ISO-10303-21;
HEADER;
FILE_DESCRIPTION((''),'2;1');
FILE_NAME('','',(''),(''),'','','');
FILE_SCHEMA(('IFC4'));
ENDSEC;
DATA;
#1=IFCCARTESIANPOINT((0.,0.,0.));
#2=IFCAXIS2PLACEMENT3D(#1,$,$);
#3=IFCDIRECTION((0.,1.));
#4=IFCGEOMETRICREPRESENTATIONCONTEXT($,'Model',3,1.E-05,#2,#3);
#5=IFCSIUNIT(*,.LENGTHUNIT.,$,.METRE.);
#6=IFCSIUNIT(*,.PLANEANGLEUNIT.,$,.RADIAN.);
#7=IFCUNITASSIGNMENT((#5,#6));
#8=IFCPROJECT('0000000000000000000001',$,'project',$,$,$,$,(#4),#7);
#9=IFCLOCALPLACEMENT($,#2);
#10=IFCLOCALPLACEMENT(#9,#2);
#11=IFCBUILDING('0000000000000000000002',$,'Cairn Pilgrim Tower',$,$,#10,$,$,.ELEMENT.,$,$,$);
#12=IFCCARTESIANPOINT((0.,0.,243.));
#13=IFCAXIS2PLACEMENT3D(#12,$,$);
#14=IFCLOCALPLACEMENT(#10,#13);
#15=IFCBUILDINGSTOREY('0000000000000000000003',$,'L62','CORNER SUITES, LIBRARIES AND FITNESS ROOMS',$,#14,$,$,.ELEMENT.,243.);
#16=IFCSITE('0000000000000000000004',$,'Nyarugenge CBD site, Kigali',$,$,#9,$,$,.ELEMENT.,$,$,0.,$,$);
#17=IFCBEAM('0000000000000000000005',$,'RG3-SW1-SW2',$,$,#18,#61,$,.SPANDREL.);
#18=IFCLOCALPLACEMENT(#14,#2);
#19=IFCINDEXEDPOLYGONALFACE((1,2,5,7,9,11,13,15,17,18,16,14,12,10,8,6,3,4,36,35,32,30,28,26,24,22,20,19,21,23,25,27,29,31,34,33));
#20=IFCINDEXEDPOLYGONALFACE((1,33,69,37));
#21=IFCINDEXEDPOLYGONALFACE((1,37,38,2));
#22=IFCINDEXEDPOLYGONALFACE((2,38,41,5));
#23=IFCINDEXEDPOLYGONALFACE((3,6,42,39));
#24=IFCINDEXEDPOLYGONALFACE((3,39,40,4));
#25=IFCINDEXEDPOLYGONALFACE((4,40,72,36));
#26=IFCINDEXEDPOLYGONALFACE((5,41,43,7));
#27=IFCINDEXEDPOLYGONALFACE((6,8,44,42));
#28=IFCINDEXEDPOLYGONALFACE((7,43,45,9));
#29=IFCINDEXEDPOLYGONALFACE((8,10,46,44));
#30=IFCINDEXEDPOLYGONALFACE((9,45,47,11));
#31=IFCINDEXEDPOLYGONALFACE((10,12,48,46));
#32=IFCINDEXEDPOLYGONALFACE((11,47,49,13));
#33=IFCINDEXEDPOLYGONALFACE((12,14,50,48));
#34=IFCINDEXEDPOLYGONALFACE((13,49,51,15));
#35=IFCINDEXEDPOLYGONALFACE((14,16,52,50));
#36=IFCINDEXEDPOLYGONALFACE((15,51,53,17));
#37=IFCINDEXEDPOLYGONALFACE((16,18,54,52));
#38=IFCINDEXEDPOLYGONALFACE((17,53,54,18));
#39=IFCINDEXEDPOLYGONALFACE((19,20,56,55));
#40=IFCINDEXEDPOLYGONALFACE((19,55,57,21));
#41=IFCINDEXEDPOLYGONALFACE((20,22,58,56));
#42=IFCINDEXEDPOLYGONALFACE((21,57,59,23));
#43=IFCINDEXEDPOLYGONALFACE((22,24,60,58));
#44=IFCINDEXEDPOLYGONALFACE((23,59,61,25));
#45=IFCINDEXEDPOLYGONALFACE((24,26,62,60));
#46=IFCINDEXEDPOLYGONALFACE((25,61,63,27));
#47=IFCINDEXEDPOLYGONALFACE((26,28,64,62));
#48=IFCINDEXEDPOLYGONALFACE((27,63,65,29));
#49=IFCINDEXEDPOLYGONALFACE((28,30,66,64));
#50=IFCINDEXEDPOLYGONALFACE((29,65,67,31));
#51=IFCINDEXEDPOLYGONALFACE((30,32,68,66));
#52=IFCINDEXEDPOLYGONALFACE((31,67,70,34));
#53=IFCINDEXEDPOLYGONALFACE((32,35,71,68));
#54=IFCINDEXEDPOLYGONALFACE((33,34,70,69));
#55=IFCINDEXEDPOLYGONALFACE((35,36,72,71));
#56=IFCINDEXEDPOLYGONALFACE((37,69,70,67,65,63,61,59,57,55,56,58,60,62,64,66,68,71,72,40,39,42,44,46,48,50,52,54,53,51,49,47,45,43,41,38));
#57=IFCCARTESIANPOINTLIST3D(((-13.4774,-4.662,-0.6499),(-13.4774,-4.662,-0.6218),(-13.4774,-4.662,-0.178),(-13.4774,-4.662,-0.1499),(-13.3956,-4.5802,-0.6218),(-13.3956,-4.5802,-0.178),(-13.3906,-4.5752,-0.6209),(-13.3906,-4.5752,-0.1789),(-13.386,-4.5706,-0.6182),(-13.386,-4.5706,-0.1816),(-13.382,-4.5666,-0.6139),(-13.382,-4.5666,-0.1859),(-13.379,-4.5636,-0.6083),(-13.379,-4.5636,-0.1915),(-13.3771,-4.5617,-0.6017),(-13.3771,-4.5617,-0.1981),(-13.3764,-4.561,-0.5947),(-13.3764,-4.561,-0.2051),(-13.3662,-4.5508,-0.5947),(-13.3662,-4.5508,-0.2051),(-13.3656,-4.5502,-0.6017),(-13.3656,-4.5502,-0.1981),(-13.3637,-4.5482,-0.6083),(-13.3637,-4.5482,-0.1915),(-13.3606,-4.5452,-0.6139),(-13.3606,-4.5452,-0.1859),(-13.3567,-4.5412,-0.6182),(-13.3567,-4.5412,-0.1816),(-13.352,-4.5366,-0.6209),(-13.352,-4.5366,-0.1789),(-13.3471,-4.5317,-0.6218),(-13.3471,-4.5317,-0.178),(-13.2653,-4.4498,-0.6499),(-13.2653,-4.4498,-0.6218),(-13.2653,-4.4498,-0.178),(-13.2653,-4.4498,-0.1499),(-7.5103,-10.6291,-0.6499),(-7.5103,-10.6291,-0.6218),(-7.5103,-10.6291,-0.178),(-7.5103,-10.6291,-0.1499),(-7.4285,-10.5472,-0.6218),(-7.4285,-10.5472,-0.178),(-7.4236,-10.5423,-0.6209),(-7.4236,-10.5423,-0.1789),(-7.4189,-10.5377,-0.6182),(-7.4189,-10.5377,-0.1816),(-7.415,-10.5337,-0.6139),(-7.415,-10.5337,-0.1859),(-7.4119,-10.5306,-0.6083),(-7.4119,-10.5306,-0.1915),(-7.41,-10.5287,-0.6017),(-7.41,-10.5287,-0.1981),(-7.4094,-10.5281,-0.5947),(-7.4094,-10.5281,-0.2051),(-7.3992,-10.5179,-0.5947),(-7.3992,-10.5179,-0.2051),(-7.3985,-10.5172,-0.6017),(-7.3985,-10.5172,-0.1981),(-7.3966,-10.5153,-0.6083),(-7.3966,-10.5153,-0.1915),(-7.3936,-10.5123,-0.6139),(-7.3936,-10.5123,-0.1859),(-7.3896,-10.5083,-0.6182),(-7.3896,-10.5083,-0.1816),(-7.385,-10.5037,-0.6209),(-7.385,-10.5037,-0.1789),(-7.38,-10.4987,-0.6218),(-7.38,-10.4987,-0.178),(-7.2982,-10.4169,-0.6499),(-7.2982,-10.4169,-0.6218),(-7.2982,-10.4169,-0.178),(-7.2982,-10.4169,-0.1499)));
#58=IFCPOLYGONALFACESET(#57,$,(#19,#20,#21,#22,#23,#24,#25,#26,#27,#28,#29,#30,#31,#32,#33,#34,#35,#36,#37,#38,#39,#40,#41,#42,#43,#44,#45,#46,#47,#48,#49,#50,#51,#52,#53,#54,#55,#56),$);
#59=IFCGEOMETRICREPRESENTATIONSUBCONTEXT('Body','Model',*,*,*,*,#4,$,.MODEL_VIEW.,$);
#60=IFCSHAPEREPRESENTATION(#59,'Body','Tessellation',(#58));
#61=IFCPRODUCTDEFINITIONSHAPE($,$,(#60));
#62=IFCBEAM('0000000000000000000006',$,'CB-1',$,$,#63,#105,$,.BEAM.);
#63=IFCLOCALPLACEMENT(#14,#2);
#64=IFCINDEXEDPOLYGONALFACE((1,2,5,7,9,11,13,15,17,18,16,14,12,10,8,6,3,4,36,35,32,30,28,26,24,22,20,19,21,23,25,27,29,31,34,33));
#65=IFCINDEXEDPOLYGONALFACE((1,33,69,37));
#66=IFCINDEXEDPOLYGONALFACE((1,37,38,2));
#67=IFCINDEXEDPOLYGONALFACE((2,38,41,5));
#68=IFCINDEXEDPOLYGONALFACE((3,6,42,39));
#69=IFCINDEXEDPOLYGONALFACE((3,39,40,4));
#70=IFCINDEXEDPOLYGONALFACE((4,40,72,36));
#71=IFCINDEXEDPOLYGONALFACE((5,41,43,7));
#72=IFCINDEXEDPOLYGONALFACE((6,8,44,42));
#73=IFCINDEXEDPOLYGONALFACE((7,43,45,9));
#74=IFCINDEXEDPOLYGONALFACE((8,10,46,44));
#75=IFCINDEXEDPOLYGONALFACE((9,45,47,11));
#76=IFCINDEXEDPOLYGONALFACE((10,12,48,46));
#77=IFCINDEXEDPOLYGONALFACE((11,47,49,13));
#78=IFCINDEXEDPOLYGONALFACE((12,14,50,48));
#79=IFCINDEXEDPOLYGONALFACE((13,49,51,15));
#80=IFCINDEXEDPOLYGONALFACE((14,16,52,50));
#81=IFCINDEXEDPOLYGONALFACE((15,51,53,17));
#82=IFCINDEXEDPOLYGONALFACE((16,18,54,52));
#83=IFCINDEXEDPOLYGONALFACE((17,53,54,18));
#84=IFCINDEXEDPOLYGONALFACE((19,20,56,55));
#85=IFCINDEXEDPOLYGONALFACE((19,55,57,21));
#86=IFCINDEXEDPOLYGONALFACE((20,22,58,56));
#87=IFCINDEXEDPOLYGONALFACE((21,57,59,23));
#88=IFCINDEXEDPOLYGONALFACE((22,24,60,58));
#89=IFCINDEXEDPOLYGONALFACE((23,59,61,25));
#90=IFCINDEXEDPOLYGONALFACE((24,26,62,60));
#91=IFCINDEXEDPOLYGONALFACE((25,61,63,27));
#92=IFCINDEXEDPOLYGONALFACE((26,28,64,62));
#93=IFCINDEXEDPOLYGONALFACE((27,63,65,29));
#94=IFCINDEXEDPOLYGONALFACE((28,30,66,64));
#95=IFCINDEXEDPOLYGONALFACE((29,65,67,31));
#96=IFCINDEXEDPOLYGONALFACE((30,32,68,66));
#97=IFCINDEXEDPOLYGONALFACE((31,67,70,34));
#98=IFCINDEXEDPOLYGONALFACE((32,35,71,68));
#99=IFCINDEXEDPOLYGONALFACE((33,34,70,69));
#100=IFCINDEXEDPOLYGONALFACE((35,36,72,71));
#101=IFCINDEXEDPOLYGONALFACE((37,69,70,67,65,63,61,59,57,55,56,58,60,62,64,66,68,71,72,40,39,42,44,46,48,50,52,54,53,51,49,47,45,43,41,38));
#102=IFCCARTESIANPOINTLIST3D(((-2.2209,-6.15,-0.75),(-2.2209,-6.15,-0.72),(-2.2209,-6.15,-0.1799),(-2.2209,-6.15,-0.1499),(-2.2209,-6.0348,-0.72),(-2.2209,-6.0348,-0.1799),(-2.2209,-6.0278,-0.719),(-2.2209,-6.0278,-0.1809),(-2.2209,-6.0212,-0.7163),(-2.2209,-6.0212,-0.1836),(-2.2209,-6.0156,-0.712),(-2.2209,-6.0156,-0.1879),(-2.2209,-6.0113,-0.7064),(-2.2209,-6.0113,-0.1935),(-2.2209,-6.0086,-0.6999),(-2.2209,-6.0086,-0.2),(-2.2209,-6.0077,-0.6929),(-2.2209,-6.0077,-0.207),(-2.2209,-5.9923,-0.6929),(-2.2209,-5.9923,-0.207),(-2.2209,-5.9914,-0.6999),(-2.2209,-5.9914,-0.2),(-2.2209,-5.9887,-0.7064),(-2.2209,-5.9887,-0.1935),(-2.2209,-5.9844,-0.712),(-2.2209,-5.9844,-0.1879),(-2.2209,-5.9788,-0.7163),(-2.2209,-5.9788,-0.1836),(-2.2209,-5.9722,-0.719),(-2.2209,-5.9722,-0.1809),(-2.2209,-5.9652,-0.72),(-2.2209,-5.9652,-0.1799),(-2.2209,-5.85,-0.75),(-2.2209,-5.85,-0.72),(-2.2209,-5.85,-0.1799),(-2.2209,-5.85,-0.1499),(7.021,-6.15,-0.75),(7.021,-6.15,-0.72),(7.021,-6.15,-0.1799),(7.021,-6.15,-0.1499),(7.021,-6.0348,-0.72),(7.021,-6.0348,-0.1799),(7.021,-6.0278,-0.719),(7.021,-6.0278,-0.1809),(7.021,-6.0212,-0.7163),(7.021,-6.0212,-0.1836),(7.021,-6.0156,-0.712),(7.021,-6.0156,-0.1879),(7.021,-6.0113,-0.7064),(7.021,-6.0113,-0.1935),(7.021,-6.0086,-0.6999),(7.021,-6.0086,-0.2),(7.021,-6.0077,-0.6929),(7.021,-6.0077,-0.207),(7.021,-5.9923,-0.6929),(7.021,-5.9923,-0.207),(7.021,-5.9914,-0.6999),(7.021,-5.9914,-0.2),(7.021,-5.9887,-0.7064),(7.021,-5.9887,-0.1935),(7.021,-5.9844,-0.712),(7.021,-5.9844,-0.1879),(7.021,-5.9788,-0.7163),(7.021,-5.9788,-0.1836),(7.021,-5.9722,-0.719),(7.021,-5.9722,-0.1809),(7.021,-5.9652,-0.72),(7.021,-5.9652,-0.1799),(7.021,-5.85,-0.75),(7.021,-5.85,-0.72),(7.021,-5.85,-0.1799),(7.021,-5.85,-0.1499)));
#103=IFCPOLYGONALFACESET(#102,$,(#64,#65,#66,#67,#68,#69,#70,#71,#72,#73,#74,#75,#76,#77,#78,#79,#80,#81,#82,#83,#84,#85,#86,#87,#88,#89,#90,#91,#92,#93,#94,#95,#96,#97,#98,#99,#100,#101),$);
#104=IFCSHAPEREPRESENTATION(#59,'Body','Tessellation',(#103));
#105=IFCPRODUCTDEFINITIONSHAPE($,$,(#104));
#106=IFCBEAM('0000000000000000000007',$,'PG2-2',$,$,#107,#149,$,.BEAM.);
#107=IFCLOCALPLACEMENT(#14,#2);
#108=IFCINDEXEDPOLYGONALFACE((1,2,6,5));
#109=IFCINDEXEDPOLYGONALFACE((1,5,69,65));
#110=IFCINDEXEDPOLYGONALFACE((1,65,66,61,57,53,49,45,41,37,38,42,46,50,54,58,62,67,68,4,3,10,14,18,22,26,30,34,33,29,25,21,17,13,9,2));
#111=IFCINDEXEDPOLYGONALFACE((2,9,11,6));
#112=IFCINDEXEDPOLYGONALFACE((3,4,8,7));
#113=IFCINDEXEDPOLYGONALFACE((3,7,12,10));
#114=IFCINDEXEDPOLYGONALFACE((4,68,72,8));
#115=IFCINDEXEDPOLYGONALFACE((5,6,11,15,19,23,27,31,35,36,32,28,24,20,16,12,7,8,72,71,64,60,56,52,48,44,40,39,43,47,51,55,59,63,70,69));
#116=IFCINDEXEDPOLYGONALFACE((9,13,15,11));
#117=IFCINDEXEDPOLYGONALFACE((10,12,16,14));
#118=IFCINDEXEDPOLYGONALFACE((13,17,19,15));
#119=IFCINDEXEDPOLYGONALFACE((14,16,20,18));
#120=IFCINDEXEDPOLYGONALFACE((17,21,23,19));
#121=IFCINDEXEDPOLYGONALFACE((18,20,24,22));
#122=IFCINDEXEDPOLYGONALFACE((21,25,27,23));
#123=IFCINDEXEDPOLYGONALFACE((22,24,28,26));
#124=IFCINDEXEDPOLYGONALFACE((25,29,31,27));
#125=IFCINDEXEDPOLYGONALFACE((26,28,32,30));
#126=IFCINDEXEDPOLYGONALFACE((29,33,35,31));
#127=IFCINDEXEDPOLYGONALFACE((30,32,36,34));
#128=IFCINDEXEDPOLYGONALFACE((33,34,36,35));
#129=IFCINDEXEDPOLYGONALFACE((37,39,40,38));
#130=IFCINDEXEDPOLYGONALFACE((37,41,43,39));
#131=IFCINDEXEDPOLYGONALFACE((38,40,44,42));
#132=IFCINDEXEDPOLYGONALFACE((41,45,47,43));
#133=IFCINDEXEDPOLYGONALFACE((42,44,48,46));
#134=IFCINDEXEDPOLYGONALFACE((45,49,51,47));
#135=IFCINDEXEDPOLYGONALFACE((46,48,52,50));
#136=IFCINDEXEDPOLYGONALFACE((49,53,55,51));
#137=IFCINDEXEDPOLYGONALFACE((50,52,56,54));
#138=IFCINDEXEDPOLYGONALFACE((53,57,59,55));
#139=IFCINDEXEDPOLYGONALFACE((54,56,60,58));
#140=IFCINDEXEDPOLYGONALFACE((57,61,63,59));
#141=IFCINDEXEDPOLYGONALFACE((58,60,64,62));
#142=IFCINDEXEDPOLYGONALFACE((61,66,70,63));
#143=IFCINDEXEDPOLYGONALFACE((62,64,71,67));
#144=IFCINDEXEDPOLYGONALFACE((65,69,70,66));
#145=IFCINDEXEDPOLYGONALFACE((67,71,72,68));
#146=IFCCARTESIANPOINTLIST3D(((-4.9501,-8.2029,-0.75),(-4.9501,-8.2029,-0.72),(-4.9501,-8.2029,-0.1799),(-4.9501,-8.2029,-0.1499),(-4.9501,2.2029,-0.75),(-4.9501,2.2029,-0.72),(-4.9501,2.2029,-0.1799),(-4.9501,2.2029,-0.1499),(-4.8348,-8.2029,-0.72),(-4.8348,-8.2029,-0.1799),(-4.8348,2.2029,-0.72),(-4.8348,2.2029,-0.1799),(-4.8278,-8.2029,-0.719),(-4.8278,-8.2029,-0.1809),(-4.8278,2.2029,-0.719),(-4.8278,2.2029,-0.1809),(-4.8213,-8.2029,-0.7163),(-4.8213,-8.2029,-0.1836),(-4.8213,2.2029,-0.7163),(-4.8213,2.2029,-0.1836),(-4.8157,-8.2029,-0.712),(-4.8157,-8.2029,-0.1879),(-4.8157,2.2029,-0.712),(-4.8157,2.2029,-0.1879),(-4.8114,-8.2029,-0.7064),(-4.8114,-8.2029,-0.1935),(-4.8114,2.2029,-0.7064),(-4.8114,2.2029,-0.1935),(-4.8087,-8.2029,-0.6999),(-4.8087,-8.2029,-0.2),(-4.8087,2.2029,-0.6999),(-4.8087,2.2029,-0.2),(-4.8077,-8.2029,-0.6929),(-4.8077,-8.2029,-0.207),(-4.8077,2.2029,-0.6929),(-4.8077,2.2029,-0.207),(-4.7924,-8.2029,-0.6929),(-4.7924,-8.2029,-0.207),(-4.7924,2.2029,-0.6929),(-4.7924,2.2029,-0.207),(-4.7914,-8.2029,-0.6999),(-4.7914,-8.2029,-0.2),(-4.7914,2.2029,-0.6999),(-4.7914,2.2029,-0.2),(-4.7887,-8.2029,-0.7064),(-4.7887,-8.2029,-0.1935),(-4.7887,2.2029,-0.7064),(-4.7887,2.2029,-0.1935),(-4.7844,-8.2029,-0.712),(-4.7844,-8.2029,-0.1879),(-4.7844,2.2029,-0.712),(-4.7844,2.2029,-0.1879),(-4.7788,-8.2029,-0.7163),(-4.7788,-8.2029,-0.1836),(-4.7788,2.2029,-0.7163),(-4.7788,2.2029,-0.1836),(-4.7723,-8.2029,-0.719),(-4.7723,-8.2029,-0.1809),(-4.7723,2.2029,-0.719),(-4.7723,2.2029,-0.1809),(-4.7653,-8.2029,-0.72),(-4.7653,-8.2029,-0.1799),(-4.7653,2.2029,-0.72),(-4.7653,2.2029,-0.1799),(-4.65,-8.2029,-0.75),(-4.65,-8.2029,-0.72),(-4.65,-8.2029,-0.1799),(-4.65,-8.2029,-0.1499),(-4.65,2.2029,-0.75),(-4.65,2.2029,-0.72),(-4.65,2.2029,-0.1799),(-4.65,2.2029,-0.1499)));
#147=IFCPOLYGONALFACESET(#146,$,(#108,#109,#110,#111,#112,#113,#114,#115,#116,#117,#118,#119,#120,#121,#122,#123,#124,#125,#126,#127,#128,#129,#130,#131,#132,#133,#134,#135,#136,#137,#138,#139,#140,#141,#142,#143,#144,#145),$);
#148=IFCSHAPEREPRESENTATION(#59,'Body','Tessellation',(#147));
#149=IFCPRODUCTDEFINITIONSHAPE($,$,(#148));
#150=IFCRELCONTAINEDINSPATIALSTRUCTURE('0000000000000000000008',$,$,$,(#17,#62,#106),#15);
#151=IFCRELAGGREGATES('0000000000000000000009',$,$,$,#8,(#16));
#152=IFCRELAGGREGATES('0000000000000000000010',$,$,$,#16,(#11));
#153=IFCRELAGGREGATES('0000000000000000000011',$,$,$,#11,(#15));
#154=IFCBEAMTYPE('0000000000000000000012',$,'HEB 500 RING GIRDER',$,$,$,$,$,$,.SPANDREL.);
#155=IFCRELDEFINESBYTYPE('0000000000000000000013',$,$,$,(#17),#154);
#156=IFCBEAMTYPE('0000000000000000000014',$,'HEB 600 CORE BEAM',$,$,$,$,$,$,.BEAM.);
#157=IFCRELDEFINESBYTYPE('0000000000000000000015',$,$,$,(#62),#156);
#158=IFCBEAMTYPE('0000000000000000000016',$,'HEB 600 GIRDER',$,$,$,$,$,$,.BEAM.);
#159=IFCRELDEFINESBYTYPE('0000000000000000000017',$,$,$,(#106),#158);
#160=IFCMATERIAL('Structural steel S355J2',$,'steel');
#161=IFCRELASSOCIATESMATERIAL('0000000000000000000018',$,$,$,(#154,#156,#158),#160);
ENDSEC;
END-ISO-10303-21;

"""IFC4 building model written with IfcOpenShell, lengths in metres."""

from ifc_helpers import new_model, si_unit, direction, frame, origin, origin_2d, place, context, subcontext, project, spatial, i_section, extrude, material, material_profile, profile_set, type_object, element, save


model = new_model("IFC4")

# Units and contexts
model_context = context("Model", 3, precision=1e-05, world=origin(), true_north=direction((0.0, 1.0)))
body_context = subcontext(model_context, "Body", "Model", "MODEL_VIEW")
ifc_project = project(units=[si_unit("LENGTHUNIT", "METRE"), si_unit("PLANEANGLEUNIT", "RADIAN")], contexts=[model_context])

# Site, building, storey
site_placement = place(None, origin())
site = spatial("IfcSite", under=ifc_project, at=site_placement, Name="Nyarugenge CBD site, Kigali", CompositionType="ELEMENT", RefElevation=0.0)
building_placement = place(site_placement, origin())
building = spatial("IfcBuilding", under=site, at=building_placement, Name="Cairn Pilgrim Tower", CompositionType="ELEMENT")
storey_placement = place(building_placement, frame((0.0, 0.0, 243.0)))
storey = spatial("IfcBuildingStorey", under=building, at=storey_placement, Name="L62", Description="CORNER SUITES, LIBRARIES AND FITNESS ROOMS", CompositionType="ELEMENT", Elevation=243.0)

# Shared definitions
ifc_material_1 = material(Name="Structural steel S355J2", Category="steel")

# Beams
ifc_material_profile_1 = material_profile(ifc_material_1, i_section(OverallWidth=0.3, OverallDepth=0.5, WebThickness=0.0144, FlangeThickness=0.0281, FilletRadius=0.0271, at=origin_2d()), Name="HEB 500")
ifc_profile_set_1 = profile_set([ifc_material_profile_1], Name="Structural steel S355J2")
beam_type_1 = type_object("IfcBeamType", Name="HEB 500 RING GIRDER", PredefinedType="SPANDREL", material=ifc_profile_set_1)
beam_1_placement = place(storey_placement, frame((-13.3713, -4.5559, -0.3999), z_axis=(0.707107, -0.707107, 0.0), x_axis=(0.707107, 0.707107, 0.0)))
element("IfcBeam", 1, at=beam_1_placement, inside=storey, type_object=beam_type_1, Name="RG3-SW1-SW2", PredefinedType="SPANDREL", context=body_context, shape_type="SweptSolid", body=[
    extrude(i_section(OverallWidth=0.3, OverallDepth=0.5, WebThickness=0.0144, FlangeThickness=0.0281, FilletRadius=0.0271, at=origin_2d()), origin(), (0.0, 0.0, 1.0), 8.4387),
])
ifc_material_profile_2 = material_profile(ifc_material_1, i_section(OverallWidth=0.3, OverallDepth=0.6001, WebThickness=0.0154, FlangeThickness=0.03, FilletRadius=0.0271, at=origin_2d()), Name="HEB 600")
ifc_profile_set_2 = profile_set([ifc_material_profile_2], Name="Structural steel S355J2")
beam_type_2 = type_object("IfcBeamType", Name="HEB 600 CORE BEAM", PredefinedType="BEAM", material=ifc_profile_set_2)
beam_2_placement = place(storey_placement, frame((-2.2209, -6.0, -0.45), z_axis=(1.0, 0.0, 0.0), x_axis=(0.0, 1.0, 0.0)))
element("IfcBeam", 2, at=beam_2_placement, inside=storey, type_object=beam_type_2, Name="CB-1", PredefinedType="BEAM", context=body_context, shape_type="SweptSolid", body=[
    extrude(i_section(OverallWidth=0.3, OverallDepth=0.6001, WebThickness=0.0154, FlangeThickness=0.03, FilletRadius=0.0271, at=origin_2d()), origin(), (0.0, 0.0, 1.0), 9.2419),
])
ifc_material_profile_3 = material_profile(ifc_material_1, i_section(OverallWidth=0.3, OverallDepth=0.6001, WebThickness=0.0154, FlangeThickness=0.03, FilletRadius=0.0271, at=origin_2d()), Name="HEB 600")
ifc_profile_set_3 = profile_set([ifc_material_profile_3], Name="Structural steel S355J2")
beam_type_3 = type_object("IfcBeamType", Name="HEB 600 GIRDER", PredefinedType="BEAM", material=ifc_profile_set_3)
beam_3_placement = place(storey_placement, frame((-4.8, -8.2029, -0.45), z_axis=(0.0, 1.0, 0.0), x_axis=(-1.0, 0.0, 0.0)))
element("IfcBeam", 3, at=beam_3_placement, inside=storey, type_object=beam_type_3, Name="PG2-2", PredefinedType="BEAM", context=body_context, shape_type="SweptSolid", body=[
    extrude(i_section(OverallWidth=0.3, OverallDepth=0.6001, WebThickness=0.0154, FlangeThickness=0.03, FilletRadius=0.0271, at=origin_2d()), origin(), (0.0, 0.0, 1.0), 10.4058),
])

save(model, "model.ifc")
